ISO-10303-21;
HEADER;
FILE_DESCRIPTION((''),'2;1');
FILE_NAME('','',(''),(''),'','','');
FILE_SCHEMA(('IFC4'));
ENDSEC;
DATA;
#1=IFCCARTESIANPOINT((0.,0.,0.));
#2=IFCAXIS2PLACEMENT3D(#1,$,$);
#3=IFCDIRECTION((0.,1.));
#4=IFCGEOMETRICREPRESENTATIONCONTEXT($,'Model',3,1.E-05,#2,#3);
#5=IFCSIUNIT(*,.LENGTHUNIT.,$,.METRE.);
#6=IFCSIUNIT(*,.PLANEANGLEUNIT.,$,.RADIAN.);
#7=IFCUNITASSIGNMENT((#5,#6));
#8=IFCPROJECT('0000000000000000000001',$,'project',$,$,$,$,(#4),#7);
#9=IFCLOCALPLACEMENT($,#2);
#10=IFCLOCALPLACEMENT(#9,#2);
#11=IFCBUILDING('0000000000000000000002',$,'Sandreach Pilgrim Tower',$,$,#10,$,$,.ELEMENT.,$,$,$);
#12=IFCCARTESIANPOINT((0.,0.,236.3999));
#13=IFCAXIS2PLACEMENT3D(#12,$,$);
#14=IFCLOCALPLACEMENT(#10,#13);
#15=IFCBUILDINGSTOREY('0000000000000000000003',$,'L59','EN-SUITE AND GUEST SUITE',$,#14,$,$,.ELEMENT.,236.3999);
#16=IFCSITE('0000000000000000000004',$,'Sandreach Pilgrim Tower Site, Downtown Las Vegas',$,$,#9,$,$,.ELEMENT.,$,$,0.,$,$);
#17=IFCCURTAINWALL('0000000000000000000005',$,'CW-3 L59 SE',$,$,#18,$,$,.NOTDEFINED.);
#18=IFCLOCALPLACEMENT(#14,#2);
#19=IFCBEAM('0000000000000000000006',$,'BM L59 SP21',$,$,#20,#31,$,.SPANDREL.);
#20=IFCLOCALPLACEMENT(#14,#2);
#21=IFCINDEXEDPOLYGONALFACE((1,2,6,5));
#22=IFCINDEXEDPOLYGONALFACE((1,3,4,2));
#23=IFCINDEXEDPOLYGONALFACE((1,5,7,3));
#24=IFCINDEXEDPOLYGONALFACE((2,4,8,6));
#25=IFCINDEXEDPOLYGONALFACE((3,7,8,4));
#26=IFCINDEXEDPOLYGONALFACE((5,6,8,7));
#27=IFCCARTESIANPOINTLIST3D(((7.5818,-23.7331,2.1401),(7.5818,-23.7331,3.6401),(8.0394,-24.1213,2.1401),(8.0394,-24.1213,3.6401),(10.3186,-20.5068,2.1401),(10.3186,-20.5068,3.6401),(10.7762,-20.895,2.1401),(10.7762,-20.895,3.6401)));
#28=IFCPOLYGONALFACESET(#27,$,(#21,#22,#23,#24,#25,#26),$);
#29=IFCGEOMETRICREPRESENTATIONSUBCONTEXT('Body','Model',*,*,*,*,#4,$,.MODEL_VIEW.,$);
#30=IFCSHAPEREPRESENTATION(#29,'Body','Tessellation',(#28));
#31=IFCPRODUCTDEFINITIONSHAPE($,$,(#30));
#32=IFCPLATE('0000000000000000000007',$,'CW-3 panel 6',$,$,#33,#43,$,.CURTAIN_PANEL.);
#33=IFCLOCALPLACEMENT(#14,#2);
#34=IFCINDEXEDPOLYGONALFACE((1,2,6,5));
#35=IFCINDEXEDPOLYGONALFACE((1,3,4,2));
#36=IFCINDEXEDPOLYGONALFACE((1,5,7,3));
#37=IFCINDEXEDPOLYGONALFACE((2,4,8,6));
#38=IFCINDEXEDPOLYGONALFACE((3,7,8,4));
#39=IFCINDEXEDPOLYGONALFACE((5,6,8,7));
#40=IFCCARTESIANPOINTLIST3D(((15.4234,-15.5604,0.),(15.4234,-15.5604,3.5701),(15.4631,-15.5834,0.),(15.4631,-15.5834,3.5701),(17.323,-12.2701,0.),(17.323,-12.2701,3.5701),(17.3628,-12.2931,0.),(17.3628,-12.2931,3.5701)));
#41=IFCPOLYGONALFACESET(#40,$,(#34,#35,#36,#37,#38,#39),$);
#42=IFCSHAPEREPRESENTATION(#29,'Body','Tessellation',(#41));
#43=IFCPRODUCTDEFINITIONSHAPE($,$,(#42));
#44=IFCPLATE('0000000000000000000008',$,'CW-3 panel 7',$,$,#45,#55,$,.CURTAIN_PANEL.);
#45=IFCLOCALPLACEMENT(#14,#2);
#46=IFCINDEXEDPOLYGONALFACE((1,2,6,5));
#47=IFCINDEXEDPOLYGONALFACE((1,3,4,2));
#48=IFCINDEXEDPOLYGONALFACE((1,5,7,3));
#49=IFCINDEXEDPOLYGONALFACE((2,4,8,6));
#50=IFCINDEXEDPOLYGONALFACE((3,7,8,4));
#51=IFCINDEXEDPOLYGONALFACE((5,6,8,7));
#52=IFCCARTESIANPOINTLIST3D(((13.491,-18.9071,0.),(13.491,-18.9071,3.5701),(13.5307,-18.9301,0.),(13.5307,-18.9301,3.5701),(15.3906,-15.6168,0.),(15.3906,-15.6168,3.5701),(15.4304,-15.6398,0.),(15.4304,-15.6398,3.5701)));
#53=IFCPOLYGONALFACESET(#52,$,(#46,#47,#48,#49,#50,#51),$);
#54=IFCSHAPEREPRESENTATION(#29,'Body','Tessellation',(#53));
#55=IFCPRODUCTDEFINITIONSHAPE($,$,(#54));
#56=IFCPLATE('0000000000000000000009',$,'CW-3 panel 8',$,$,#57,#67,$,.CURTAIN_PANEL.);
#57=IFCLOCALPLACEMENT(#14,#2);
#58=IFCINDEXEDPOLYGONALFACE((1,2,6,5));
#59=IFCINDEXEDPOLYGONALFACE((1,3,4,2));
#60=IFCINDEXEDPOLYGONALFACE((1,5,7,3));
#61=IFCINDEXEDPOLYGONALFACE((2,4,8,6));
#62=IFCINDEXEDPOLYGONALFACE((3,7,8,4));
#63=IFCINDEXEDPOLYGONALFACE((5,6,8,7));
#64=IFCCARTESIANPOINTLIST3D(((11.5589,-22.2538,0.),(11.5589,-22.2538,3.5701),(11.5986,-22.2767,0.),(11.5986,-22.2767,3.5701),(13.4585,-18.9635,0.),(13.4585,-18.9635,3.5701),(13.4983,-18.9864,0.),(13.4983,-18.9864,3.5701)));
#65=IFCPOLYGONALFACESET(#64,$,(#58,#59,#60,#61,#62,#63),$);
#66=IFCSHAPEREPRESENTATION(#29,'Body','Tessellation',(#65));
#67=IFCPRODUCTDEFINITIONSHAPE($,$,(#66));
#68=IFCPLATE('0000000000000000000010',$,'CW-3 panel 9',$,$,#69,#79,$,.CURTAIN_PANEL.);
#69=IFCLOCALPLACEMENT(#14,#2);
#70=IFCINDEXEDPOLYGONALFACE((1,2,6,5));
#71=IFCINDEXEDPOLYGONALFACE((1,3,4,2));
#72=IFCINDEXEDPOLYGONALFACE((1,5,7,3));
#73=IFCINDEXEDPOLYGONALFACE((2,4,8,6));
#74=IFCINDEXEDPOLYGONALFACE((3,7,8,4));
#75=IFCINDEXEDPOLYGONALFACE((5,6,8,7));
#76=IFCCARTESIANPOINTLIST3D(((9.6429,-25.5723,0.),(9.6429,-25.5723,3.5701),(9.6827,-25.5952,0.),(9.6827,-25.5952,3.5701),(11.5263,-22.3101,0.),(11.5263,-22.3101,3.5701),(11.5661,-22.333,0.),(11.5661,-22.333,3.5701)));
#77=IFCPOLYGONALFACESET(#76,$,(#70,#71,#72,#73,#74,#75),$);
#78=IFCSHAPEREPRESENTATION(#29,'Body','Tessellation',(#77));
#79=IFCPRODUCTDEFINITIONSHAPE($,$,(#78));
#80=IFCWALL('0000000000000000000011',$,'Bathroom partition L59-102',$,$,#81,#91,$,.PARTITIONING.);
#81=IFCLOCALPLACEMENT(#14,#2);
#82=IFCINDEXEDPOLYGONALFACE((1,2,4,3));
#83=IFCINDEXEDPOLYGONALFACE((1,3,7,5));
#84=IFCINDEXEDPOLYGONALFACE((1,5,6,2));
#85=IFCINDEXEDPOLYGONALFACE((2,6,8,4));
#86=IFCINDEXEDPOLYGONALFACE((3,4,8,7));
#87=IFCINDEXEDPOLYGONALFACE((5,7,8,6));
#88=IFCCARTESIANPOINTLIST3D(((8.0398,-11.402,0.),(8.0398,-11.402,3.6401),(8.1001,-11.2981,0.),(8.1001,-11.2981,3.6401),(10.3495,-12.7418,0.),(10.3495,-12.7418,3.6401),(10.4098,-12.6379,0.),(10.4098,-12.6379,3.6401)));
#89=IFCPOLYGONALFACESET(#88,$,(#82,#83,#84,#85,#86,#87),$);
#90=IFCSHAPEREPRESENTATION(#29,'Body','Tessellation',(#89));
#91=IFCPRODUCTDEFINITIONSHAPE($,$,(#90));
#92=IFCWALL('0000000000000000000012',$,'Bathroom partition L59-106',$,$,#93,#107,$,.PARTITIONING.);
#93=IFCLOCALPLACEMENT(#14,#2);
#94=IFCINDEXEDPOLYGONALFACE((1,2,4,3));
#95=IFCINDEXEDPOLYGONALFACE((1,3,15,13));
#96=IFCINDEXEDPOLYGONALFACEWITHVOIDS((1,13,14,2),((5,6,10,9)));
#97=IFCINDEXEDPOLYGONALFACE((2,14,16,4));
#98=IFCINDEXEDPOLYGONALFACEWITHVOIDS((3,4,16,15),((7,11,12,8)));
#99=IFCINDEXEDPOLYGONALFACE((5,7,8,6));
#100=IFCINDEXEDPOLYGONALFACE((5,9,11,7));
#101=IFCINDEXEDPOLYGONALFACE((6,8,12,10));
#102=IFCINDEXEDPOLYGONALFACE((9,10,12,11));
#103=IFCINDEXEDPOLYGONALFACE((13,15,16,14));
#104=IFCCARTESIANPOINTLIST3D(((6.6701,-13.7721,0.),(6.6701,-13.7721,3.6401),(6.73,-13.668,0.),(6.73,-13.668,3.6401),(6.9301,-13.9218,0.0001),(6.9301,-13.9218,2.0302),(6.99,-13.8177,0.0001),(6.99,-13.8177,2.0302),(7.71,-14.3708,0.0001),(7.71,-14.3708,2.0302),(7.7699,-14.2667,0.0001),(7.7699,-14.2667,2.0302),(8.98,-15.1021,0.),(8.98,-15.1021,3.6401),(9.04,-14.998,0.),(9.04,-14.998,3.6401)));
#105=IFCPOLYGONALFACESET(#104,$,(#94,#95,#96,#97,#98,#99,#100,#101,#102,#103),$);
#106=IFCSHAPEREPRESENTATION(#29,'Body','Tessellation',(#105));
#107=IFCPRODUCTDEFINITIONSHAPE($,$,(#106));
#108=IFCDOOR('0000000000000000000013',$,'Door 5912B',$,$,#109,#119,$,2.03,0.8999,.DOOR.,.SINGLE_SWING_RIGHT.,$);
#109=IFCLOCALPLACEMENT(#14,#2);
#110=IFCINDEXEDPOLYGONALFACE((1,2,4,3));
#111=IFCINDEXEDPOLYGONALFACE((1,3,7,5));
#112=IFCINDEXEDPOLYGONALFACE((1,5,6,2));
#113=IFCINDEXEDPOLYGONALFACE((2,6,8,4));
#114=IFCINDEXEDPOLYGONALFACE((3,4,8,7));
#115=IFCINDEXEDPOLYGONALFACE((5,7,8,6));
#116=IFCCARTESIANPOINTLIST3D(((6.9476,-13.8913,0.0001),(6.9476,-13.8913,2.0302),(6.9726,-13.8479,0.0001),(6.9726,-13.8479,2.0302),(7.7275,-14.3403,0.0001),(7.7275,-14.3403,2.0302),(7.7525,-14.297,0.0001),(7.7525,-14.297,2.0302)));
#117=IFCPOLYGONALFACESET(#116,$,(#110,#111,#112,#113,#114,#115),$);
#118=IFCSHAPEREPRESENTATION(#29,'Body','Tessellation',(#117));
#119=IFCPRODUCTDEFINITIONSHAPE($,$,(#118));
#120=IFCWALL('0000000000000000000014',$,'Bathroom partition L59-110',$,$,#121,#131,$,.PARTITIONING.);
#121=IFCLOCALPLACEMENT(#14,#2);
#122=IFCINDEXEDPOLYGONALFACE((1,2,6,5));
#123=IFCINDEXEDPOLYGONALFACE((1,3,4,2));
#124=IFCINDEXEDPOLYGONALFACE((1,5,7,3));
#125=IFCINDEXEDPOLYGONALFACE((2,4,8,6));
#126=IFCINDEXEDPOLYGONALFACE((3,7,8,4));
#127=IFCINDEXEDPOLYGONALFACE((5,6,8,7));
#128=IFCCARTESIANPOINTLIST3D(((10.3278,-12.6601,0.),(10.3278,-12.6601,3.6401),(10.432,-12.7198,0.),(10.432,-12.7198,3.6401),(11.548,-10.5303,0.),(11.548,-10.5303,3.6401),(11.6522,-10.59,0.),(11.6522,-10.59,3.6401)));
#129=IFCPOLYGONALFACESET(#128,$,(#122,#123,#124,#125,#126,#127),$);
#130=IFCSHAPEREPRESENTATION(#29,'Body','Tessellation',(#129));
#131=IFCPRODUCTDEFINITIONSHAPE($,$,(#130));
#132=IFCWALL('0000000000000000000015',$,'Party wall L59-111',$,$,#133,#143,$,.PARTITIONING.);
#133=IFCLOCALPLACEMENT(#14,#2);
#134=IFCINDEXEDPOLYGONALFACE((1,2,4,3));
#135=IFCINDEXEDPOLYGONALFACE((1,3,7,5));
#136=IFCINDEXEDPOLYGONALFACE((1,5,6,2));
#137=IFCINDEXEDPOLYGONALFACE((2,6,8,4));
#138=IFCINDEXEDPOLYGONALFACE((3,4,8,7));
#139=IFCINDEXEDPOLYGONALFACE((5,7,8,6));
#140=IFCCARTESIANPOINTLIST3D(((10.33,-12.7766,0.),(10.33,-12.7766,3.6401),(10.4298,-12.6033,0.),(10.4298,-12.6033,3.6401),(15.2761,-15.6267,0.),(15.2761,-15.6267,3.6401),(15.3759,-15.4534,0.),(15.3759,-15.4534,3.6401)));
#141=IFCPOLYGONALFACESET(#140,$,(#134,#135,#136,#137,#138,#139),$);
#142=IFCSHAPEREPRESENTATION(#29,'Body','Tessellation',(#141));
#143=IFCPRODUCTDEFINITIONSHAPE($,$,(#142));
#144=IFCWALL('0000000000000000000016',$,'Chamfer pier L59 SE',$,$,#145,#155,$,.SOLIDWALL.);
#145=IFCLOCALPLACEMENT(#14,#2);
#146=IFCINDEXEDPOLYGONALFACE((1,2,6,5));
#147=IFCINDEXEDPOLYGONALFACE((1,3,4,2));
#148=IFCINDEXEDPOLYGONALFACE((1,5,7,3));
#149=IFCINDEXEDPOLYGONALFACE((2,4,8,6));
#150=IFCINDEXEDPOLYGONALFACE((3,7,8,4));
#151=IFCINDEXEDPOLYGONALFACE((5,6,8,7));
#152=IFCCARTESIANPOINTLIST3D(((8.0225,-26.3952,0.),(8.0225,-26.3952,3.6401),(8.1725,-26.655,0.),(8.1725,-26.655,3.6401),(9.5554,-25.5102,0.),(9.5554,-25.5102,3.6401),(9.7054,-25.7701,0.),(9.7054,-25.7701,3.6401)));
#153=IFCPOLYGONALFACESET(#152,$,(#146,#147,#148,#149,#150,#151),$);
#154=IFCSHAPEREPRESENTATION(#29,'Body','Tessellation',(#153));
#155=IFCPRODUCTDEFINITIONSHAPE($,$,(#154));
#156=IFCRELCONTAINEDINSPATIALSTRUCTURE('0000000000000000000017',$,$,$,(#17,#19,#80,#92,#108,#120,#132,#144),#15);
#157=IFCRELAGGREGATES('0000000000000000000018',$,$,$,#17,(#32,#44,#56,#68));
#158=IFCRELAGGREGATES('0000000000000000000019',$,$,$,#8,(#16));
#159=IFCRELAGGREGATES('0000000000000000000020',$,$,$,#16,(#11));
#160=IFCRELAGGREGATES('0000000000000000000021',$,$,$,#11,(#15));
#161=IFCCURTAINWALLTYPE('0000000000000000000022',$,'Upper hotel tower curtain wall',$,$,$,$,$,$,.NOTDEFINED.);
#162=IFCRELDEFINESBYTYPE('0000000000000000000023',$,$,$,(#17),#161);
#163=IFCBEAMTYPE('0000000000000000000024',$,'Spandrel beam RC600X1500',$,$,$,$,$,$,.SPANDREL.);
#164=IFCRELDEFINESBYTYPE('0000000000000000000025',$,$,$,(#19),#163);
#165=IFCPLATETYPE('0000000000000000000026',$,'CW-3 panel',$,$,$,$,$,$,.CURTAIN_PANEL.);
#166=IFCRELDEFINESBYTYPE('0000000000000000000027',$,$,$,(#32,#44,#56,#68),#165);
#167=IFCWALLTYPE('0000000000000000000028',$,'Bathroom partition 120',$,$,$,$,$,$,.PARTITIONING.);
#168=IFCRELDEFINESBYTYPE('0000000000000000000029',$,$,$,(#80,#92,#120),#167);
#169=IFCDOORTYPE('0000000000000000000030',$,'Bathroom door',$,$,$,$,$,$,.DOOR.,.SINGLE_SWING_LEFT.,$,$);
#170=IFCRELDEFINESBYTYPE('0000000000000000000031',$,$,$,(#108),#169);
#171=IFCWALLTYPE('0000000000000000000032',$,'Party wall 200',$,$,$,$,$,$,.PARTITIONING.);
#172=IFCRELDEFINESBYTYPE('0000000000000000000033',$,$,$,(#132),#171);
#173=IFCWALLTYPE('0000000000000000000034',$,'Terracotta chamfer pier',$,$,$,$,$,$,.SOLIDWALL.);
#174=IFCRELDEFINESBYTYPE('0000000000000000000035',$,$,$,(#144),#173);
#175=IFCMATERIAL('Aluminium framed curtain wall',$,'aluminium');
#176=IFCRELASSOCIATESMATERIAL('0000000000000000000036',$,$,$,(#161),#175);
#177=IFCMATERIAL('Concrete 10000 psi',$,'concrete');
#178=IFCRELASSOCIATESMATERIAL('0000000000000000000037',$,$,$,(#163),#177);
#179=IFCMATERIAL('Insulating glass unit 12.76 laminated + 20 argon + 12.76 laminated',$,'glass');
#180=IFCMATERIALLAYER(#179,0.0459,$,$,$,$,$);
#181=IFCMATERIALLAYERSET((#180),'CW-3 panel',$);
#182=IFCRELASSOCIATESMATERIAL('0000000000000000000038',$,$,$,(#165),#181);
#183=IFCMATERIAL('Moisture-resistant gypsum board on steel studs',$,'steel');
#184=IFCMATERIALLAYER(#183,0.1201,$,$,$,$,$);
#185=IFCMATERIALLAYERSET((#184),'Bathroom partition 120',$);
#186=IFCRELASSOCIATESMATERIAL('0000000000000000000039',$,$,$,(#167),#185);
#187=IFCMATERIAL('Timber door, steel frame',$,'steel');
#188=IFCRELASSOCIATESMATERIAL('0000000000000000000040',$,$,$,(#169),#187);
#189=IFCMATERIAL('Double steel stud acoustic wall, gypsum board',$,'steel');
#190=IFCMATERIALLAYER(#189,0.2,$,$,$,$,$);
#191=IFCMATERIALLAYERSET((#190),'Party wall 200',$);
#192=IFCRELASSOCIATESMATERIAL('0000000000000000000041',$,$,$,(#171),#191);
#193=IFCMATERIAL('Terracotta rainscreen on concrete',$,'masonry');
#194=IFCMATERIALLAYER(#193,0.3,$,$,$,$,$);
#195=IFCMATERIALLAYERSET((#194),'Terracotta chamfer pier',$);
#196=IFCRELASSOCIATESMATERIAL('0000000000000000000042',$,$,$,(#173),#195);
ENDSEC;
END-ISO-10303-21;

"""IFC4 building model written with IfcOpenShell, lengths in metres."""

from ifc_helpers import new_model, si_unit, direction, frame, frame_2d, origin, origin_2d, place, context, subcontext, project, spatial, rectangle, extrude, material, layer, layer_set, material_profile, profile_set, type_object, element, fill, aggregate, save


model = new_model("IFC4")

# Units and contexts
model_context = context("Model", 3, precision=1e-05, world=origin(), true_north=direction((0.0, 1.0)))
body_context = subcontext(model_context, "Body", "Model", "MODEL_VIEW")
ifc_project = project(units=[si_unit("LENGTHUNIT", "METRE"), si_unit("PLANEANGLEUNIT", "RADIAN")], contexts=[model_context])

# Site, building, storey
site_placement = place(None, origin())
site = spatial("IfcSite", under=ifc_project, at=site_placement, Name="Sandreach Pilgrim Tower Site, Downtown Las Vegas", CompositionType="ELEMENT", RefElevation=0.0)
building_placement = place(site_placement, origin())
building = spatial("IfcBuilding", under=site, at=building_placement, Name="Sandreach Pilgrim Tower", CompositionType="ELEMENT")
storey_placement = place(building_placement, frame((0.0, 0.0, 236.3999)))
storey = spatial("IfcBuildingStorey", under=building, at=storey_placement, Name="L59", Description="EN-SUITE AND GUEST SUITE", CompositionType="ELEMENT", Elevation=236.3999)

# Curtain wall
ifc_material_1 = material(Name="Aluminium framed curtain wall", Category="aluminium")
curtain_wall_type = type_object("IfcCurtainWallType", Name="Upper hotel tower curtain wall", PredefinedType="NOTDEFINED", material=ifc_material_1)
curtain_wall_placement = place(storey_placement, origin())
curtain_wall = element("IfcCurtainWall", 1, at=curtain_wall_placement, inside=storey, type_object=curtain_wall_type, Name="CW-3 L59 SE", PredefinedType="NOTDEFINED")

# Beam
ifc_material_2 = material(Name="Concrete 10000 psi", Category="concrete")
ifc_material_profile_1 = material_profile(ifc_material_2, rectangle(XDim=0.6001, YDim=1.5, at=origin_2d()), Name="RC600X1500")
ifc_profile_set_1 = profile_set([ifc_material_profile_1], Name="Concrete 10000 psi")
beam_type_1 = type_object("IfcBeamType", Name="Spandrel beam RC600X1500", PredefinedType="SPANDREL", material=ifc_profile_set_1)
beam_1_placement = place(storey_placement, frame((10.5474, -20.7009, 2.8901), z_axis=(-0.646886, -0.762587, 0.0), x_axis=(0.762587, -0.646886, 0.0)))
element("IfcBeam", 2, at=beam_1_placement, inside=storey, type_object=beam_type_1, Name="BM L59 SP21", PredefinedType="SPANDREL", context=body_context, shape_type="SweptSolid", body=[
    extrude(rectangle(XDim=0.6001, YDim=1.5, at=origin_2d()), origin(), (0.0, 0.0, 1.0), 4.2307),
])

# Plates
ifc_material_3 = material(Name="Insulating glass unit 12.76 laminated + 20 argon + 12.76 laminated", Category="glass")
ifc_layer_1 = layer(ifc_material_3, 0.0459)
ifc_layer_set_1 = layer_set([ifc_layer_1], Name="CW-3 panel")
plate_type = type_object("IfcPlateType", Name="CW-3 panel", PredefinedType="CURTAIN_PANEL", material=ifc_layer_set_1)
plate_1_placement = place(storey_placement, frame((16.3931, -13.9268, 0.0), z_axis=(0.0, 0.0, 1.0), x_axis=(-0.5, -0.866025, 0.0)))
plate_1 = element("IfcPlate", 3, at=plate_1_placement, type_object=plate_type, Name="CW-3 panel 6", PredefinedType="CURTAIN_PANEL", context=body_context, shape_type="SweptSolid", body=[
    extrude(rectangle(XDim=3.7993, YDim=0.0459, at=origin_2d()), origin(), (0.0, 0.0, 1.0), 3.5701),
])
plate_2_placement = place(storey_placement, frame((14.4607, -17.2734, 0.0), z_axis=(0.0, 0.0, 1.0), x_axis=(-0.5, -0.866025, 0.0)))
plate_2 = element("IfcPlate", 4, at=plate_2_placement, type_object=plate_type, Name="CW-3 panel 7", PredefinedType="CURTAIN_PANEL", context=body_context, shape_type="SweptSolid", body=[
    extrude(rectangle(XDim=3.7993, YDim=0.0459, at=origin_2d()), origin(), (0.0, 0.0, 1.0), 3.5701),
])
plate_3_placement = place(storey_placement, frame((12.5286, -20.6201, 0.0), z_axis=(0.0, 0.0, 1.0), x_axis=(-0.5, -0.866025, 0.0)))
plate_3 = element("IfcPlate", 5, at=plate_3_placement, type_object=plate_type, Name="CW-3 panel 8", PredefinedType="CURTAIN_PANEL", context=body_context, shape_type="SweptSolid", body=[
    extrude(rectangle(XDim=3.7993, YDim=0.0459, at=origin_2d()), origin(), (0.0, 0.0, 1.0), 3.5701),
])
plate_4_placement = place(storey_placement, frame((10.6045, -23.9526, 0.0), z_axis=(0.0, 0.0, 1.0), x_axis=(-0.5, -0.866025, 0.0)))
plate_4 = element("IfcPlate", 6, at=plate_4_placement, type_object=plate_type, Name="CW-3 panel 9", PredefinedType="CURTAIN_PANEL", context=body_context, shape_type="SweptSolid", body=[
    extrude(rectangle(XDim=3.7668, YDim=0.0459, at=origin_2d()), origin(), (0.0, 0.0, 1.0), 3.5701),
])
aggregate(curtain_wall, [plate_1, plate_2, plate_3, plate_4])

# Wall
ifc_material_4 = material(Name="Moisture-resistant gypsum board on steel studs", Category="steel")
ifc_layer_2 = layer(ifc_material_4, 0.1201)
ifc_layer_set_2 = layer_set([ifc_layer_2], Name="Bathroom partition 120")
wall_type_1 = type_object("IfcWallType", Name="Bathroom partition 120", PredefinedType="PARTITIONING", material=ifc_layer_set_2)
wall_1_placement = place(storey_placement, frame((8.0701, -11.3501, 0.0), z_axis=(0.0, 0.0, 1.0), x_axis=(0.865007, -0.501761, 0.0)))
element("IfcWall", 7, at=wall_1_placement, inside=storey, type_object=wall_type_1, Name="Bathroom partition L59-102", PredefinedType="PARTITIONING", context=body_context, shape_type="SweptSolid", body=[
    extrude(rectangle(XDim=2.6702, YDim=0.1201, at=frame_2d((1.335, 0.0))), origin(), (0.0, 0.0, 1.0), 3.6401),
])

# Wall, opening, door
wall_2_placement = place(storey_placement, frame((9.01, -15.05, 0.0), z_axis=(0.0, 0.0, 1.0), x_axis=(-0.866615, 0.498977, 0.0)))
wall_2 = element("IfcWall", 8, at=wall_2_placement, inside=storey, type_object=wall_type_1, Name="Bathroom partition L59-106", PredefinedType="PARTITIONING", context=body_context, shape_type="SweptSolid", body=[
    extrude(rectangle(XDim=2.6655, YDim=0.1201, at=frame_2d((1.3328, 0.0))), origin(), (0.0, 0.0, 1.0), 3.6401),
])
opening_placement = place(wall_2_placement, frame((1.4656, 0.0, 0.0)))
opening = element("IfcOpeningElement", 9, at=opening_placement, cuts=wall_2, PredefinedType="OPENING", context=body_context, shape_type="SweptSolid", body=[
    extrude(rectangle(XDim=0.8999, YDim=2.03, at=frame_2d((0.45, 1.0151))), frame((0.0, 0.0601, 0.0), z_axis=(0.0, -1.0, 0.0), x_axis=(1.0, 0.0, 0.0)), (0.0, 0.0, 1.0), 0.1201),
])
ifc_material_5 = material(Name="Timber door, steel frame", Category="steel")
door_type = type_object("IfcDoorType", Name="Bathroom door", OperationType="SINGLE_SWING_LEFT", PredefinedType="DOOR", material=ifc_material_5)
door_placement = place(opening_placement, origin())
door = element("IfcDoor", 10, at=door_placement, inside=storey, type_object=door_type, Name="Door 5912B", OperationType="SINGLE_SWING_RIGHT", OverallHeight=2.03, OverallWidth=0.8999, PredefinedType="DOOR", context=body_context, shape_type="SweptSolid", body=[
    extrude(rectangle(XDim=0.8999, YDim=2.03, at=frame_2d((0.45, 1.0151))), frame((0.0, 0.0249, 0.0), z_axis=(0.0, -1.0, 0.0), x_axis=(1.0, 0.0, 0.0)), (0.0, 0.0, 1.0), 0.05),
])
fill(opening, door)

# Walls
wall_3_placement = place(storey_placement, frame((10.3799, -12.6899, 0.0), z_axis=(0.0, 0.0, 1.0), x_axis=(0.497103, 0.867692, 0.0)))
element("IfcWall", 11, at=wall_3_placement, inside=storey, type_object=wall_type_1, Name="Bathroom partition L59-110", PredefinedType="PARTITIONING", context=body_context, shape_type="SweptSolid", body=[
    extrude(rectangle(XDim=2.4546, YDim=0.1201, at=frame_2d((1.2273, 0.0))), origin(), (0.0, 0.0, 1.0), 3.6401),
])
ifc_material_6 = material(Name="Double steel stud acoustic wall, gypsum board", Category="steel")
ifc_layer_3 = layer(ifc_material_6, 0.2)
ifc_layer_set_3 = layer_set([ifc_layer_3], Name="Party wall 200")
wall_type_2 = type_object("IfcWallType", Name="Party wall 200", PredefinedType="PARTITIONING", material=ifc_layer_set_3)
wall_4_placement = place(storey_placement, frame((10.3799, -12.6899, 0.0), z_axis=(0.0, 0.0, 1.0), x_axis=(0.866443, -0.499277, 0.0)))
element("IfcWall", 12, at=wall_4_placement, inside=storey, type_object=wall_type_2, Name="Party wall L59-111", PredefinedType="PARTITIONING", context=body_context, shape_type="SweptSolid", body=[
    extrude(rectangle(XDim=5.7085, YDim=0.2, at=frame_2d((2.8542, 0.0))), origin(), (0.0, 0.0, 1.0), 3.6401),
])
ifc_material_7 = material(Name="Terracotta rainscreen on concrete", Category="masonry")
ifc_layer_4 = layer(ifc_material_7, 0.3)
ifc_layer_set_4 = layer_set([ifc_layer_4], Name="Terracotta chamfer pier")
wall_type_3 = type_object("IfcWallType", Name="Terracotta chamfer pier", PredefinedType="SOLIDWALL", material=ifc_layer_set_4)
wall_5_placement = place(storey_placement, frame((9.6304, -25.6401, 0.0), z_axis=(0.0, 0.0, 1.0), x_axis=(-0.866036, -0.499981, 0.0)))
element("IfcWall", 13, at=wall_5_placement, inside=storey, type_object=wall_type_3, Name="Chamfer pier L59 SE", PredefinedType="SOLIDWALL", context=body_context, shape_type="SweptSolid", body=[
    extrude(rectangle(XDim=1.77, YDim=0.3, at=frame_2d((0.885, 0.0))), origin(), (0.0, 0.0, 1.0), 3.6401),
])

save(model, "model.ifc")
